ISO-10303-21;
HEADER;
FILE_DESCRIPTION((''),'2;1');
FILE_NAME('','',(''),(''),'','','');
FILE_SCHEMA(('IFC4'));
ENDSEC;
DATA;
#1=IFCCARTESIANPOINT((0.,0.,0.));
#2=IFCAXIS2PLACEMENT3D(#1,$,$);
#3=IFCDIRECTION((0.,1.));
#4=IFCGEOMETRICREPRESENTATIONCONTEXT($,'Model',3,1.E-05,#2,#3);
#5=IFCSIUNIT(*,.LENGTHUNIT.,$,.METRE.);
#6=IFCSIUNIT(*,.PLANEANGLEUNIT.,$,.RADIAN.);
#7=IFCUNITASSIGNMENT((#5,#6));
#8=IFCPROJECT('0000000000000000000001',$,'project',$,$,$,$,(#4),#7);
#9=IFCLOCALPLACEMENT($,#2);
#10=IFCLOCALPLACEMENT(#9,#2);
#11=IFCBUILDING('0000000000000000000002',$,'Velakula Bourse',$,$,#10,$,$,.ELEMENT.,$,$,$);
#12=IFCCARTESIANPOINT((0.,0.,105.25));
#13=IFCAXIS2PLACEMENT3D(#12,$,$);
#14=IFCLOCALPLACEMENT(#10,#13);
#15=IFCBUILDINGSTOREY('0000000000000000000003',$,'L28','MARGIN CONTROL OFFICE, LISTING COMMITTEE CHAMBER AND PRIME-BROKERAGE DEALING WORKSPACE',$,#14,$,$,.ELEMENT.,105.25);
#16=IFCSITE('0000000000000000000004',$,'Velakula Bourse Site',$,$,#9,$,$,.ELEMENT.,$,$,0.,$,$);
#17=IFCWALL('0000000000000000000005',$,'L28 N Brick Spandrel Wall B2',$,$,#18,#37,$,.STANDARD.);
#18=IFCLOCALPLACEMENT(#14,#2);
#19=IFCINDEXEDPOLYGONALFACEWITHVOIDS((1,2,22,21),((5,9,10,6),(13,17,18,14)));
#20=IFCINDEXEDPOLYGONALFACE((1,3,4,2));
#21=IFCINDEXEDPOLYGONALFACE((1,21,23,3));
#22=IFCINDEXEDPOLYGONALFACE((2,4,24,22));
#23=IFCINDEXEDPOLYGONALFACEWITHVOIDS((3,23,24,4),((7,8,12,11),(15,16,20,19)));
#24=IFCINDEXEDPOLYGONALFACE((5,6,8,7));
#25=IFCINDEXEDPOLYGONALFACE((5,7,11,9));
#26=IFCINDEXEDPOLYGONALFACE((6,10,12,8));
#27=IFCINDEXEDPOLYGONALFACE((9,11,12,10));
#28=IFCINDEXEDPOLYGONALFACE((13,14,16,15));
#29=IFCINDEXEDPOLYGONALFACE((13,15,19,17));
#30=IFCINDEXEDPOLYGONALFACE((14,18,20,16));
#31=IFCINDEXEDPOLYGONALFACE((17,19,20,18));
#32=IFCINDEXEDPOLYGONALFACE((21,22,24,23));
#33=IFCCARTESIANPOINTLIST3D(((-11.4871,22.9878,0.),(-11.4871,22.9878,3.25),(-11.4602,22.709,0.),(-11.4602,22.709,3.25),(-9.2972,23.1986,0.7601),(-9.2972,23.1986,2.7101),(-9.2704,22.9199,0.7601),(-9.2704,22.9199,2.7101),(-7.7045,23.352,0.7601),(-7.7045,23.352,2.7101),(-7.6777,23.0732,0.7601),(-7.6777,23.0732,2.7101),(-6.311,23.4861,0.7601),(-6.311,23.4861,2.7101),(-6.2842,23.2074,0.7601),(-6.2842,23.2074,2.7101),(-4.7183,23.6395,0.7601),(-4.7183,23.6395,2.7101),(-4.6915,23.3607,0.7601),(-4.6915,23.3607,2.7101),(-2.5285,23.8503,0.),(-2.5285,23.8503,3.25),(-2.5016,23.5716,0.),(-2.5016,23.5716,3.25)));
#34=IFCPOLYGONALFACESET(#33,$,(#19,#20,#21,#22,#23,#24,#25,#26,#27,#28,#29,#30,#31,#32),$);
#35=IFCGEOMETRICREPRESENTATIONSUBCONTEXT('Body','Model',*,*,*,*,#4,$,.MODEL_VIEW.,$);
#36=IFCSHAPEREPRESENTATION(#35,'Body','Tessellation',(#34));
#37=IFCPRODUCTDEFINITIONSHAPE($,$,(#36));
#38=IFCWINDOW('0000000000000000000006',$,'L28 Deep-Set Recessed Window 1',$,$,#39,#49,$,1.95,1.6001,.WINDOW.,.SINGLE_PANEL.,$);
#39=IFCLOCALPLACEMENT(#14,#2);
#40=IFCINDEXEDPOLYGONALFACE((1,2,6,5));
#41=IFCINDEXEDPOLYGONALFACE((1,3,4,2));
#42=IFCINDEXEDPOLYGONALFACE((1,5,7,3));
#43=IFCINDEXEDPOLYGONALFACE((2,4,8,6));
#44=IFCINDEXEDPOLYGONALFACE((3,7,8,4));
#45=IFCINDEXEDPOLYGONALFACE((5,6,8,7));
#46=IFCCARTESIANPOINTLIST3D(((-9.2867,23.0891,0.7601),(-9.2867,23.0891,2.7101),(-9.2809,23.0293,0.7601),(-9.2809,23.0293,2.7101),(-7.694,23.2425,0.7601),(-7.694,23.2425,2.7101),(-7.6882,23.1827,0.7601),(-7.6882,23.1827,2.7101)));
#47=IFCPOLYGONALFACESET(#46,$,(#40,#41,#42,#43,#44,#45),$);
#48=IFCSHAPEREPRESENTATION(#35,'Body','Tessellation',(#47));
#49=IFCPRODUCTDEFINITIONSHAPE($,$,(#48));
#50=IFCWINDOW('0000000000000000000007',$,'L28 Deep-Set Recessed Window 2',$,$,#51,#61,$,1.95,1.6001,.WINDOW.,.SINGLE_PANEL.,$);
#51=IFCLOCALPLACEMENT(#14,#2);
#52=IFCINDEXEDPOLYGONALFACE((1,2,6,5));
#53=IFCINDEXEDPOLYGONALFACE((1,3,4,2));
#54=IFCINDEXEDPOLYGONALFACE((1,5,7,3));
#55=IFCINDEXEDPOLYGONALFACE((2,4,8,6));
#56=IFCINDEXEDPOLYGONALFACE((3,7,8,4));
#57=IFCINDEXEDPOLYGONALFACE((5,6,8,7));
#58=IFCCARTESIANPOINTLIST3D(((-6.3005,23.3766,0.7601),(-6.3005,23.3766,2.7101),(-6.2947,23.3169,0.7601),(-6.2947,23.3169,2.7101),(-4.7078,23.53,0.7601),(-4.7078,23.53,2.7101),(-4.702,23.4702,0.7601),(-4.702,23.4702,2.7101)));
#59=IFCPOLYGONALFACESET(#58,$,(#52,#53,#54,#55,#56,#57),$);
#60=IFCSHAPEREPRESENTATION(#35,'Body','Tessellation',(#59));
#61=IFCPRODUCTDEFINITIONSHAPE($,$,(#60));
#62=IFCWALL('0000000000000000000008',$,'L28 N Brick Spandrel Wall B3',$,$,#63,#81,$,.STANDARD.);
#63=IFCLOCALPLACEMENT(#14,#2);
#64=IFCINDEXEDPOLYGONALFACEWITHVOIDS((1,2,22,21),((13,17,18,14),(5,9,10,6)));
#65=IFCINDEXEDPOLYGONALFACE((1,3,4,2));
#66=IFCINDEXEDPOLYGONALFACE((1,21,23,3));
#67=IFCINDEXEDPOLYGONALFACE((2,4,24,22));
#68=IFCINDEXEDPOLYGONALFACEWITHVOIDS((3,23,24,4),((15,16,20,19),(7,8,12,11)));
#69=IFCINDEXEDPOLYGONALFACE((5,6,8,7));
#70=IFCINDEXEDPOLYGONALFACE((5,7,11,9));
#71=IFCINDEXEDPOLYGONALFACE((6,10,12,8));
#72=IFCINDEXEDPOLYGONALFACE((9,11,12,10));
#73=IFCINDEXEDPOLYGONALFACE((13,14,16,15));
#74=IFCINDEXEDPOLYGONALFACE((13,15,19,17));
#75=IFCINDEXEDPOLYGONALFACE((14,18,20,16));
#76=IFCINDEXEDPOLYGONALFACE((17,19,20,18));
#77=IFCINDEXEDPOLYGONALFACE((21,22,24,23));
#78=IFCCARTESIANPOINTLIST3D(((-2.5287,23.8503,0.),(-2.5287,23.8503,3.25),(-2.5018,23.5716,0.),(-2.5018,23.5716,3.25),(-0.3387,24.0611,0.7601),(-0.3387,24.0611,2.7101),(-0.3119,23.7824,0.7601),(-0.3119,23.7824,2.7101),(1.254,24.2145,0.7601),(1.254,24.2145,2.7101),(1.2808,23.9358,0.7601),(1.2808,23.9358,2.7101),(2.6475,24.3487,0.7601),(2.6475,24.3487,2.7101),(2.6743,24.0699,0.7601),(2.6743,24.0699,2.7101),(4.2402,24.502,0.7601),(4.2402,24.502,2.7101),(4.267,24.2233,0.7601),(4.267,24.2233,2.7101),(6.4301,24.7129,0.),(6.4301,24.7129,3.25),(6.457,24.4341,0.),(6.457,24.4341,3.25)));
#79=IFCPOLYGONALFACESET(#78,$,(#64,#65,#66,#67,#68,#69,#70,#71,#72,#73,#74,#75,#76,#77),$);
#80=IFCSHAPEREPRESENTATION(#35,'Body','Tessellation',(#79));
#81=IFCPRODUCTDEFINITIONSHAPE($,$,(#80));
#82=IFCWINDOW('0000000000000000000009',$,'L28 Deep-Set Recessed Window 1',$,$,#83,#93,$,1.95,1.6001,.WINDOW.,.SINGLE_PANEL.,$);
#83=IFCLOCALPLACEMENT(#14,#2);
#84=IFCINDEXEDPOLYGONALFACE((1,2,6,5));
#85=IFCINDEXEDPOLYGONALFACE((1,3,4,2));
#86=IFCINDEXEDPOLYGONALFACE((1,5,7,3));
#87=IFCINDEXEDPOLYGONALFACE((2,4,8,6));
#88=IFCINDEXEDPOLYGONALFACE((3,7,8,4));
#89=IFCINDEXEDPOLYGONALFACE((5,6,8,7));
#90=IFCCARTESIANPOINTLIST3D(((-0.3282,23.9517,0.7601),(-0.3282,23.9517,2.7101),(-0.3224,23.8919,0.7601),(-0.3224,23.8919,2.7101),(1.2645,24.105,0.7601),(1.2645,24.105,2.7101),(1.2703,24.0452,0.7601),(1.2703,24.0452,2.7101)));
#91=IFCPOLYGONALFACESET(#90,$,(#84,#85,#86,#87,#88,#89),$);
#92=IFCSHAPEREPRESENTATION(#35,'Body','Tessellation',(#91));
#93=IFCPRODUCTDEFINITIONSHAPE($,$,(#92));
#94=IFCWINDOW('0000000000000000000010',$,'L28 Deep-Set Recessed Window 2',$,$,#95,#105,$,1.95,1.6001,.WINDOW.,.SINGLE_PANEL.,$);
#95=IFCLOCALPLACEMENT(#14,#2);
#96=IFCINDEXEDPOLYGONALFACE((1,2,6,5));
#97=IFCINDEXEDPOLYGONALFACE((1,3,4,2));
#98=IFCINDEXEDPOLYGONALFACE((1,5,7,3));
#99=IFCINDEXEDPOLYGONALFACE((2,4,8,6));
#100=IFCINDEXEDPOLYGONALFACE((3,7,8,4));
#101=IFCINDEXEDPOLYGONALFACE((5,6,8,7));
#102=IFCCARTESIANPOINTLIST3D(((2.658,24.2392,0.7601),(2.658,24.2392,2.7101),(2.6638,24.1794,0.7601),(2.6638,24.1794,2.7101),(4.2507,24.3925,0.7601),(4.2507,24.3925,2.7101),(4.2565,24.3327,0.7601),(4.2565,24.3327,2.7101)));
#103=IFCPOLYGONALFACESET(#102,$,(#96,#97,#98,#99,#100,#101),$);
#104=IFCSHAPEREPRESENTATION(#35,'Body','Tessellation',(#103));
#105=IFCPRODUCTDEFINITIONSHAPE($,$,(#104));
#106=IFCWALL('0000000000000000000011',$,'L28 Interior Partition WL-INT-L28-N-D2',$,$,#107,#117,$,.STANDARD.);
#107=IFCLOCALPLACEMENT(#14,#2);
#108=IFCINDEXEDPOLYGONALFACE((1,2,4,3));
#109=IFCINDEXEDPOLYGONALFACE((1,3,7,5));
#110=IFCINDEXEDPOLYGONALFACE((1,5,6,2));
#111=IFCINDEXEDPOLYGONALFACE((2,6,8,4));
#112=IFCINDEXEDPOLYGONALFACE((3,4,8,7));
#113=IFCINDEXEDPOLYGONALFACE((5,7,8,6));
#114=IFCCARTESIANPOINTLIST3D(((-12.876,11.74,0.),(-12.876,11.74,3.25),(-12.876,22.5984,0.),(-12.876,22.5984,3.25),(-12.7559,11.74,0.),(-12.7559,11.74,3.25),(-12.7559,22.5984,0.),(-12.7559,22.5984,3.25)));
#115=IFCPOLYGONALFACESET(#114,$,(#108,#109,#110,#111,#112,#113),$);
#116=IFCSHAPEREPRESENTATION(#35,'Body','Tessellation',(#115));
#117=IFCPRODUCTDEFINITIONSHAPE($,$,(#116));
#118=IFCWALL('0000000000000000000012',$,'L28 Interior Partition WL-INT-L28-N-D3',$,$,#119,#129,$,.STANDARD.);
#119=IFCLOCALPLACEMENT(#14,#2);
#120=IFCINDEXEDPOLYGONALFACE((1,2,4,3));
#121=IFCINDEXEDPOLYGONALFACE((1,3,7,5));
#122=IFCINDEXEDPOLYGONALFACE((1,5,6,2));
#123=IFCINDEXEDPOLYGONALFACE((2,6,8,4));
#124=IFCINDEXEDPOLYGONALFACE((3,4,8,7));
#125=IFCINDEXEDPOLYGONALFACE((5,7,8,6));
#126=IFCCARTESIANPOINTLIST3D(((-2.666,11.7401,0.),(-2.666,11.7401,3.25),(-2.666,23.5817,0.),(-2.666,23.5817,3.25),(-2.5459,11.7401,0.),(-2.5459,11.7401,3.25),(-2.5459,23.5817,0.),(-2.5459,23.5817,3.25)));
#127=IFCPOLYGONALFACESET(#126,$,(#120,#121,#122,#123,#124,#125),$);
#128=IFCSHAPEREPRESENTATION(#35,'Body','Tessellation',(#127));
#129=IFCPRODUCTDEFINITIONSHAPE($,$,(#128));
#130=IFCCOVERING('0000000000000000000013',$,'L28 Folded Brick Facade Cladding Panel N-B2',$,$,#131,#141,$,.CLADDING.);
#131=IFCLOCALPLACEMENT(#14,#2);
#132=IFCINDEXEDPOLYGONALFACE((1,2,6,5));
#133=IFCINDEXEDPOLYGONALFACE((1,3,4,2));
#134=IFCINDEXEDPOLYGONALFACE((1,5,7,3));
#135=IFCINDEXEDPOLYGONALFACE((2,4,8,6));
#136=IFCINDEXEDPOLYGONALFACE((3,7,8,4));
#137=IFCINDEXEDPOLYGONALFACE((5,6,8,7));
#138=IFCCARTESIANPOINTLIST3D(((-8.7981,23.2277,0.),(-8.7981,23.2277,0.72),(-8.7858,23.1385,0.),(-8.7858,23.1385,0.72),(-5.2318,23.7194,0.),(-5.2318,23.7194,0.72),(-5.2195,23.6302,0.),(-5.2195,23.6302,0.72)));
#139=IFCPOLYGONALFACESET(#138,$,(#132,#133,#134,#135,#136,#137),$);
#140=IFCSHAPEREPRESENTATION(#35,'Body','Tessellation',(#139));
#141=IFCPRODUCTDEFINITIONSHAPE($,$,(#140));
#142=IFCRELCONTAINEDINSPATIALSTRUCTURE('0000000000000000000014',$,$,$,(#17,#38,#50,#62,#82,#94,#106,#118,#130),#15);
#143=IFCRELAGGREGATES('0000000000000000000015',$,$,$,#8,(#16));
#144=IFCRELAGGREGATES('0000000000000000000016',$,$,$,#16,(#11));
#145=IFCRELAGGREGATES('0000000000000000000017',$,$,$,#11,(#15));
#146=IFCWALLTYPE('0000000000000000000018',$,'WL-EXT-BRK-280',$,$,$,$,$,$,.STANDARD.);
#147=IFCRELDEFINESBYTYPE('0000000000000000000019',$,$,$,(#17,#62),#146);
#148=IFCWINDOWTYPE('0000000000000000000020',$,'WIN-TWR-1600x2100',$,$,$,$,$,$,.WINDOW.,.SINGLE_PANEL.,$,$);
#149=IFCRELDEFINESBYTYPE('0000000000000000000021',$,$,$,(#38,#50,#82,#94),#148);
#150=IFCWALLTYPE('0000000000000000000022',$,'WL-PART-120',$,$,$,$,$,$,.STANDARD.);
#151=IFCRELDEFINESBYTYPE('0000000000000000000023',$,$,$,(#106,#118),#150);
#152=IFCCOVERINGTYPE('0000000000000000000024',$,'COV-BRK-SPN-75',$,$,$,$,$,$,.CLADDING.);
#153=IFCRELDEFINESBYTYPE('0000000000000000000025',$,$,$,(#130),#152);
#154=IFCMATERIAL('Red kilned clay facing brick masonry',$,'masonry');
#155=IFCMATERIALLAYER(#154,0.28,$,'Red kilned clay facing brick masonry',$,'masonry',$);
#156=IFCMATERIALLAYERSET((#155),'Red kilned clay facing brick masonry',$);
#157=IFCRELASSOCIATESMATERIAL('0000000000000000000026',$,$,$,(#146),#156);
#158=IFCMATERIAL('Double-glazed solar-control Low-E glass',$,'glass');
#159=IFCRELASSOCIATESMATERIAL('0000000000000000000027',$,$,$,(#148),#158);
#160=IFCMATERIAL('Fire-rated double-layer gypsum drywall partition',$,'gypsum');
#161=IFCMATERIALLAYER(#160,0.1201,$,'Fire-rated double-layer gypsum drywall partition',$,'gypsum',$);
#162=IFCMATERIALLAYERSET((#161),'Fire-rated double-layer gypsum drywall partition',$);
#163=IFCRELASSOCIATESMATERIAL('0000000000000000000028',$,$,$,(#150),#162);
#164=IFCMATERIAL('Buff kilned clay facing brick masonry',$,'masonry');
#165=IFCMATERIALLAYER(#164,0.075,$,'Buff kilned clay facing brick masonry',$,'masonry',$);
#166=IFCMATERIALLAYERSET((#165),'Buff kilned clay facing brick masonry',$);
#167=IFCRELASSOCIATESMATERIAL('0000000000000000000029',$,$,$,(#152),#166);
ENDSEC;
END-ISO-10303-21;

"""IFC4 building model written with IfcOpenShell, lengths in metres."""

from ifc_helpers import new_model, si_unit, direction, frame, frame_2d, origin, origin_2d, place, context, subcontext, project, spatial, rectangle, extrude, material, layer, layer_set, type_object, element, fill, save


model = new_model("IFC4")

# Units and contexts
model_context = context("Model", 3, precision=1e-05, world=origin(), true_north=direction((0.0, 1.0)))
body_context = subcontext(model_context, "Body", "Model", "MODEL_VIEW")
ifc_project = project(units=[si_unit("LENGTHUNIT", "METRE"), si_unit("PLANEANGLEUNIT", "RADIAN")], contexts=[model_context])

# Site, building, storey
site_placement = place(None, origin())
site = spatial("IfcSite", under=ifc_project, at=site_placement, Name="Velakula Bourse Site", CompositionType="ELEMENT", RefElevation=0.0)
building_placement = place(site_placement, origin())
building = spatial("IfcBuilding", under=site, at=building_placement, Name="Velakula Bourse", CompositionType="ELEMENT")
storey_placement = place(building_placement, frame((0.0, 0.0, 105.25)))
storey = spatial("IfcBuildingStorey", under=building, at=storey_placement, Name="L28", Description="MARGIN CONTROL OFFICE, LISTING COMMITTEE CHAMBER AND PRIME-BROKERAGE DEALING WORKSPACE", CompositionType="ELEMENT", Elevation=105.25)

# Walls, openings, windows
ifc_material_1 = material(Name="Red kilned clay facing brick masonry", Category="masonry")
ifc_layer_1 = layer(ifc_material_1, 0.28, Name="Red kilned clay facing brick masonry", Category="masonry")
ifc_layer_set_1 = layer_set([ifc_layer_1], Name="Red kilned clay facing brick masonry")
wall_type_1 = type_object("IfcWallType", Name="WL-EXT-BRK-280", PredefinedType="STANDARD", material=ifc_layer_set_1)
wall_1_placement = place(storey_placement, frame((-11.4736, 22.8484, 0.0), z_axis=(0.0, 0.0, 1.0), x_axis=(0.995397, 0.09584, 0.0)))
wall_1 = element("IfcWall", 1, at=wall_1_placement, inside=storey, type_object=wall_type_1, Name="L28 N Brick Spandrel Wall B2", PredefinedType="STANDARD", context=body_context, shape_type="SweptSolid", body=[
    extrude(rectangle(XDim=9.0, YDim=0.28, at=frame_2d((4.5, 0.0))), origin(), (0.0, 0.0, 1.0), 3.25),
])
opening_1_placement = place(wall_1_placement, frame((2.2, 0.0, 0.76)))
opening_1 = element("IfcOpeningElement", 2, at=opening_1_placement, cuts=wall_1, PredefinedType="OPENING", context=body_context, shape_type="SweptSolid", body=[
    extrude(rectangle(XDim=1.6001, YDim=1.95, at=frame_2d((0.8, 0.9751))), frame((0.0, 0.1499, 0.0), z_axis=(0.0, -1.0, 0.0), x_axis=(1.0, 0.0, 0.0)), (0.0, 0.0, 1.0), 0.3),
])
opening_2_placement = place(wall_1_placement, frame((5.2, 0.0, 0.76)))
opening_2 = element("IfcOpeningElement", 3, at=opening_2_placement, cuts=wall_1, PredefinedType="OPENING", context=body_context, shape_type="SweptSolid", body=[
    extrude(rectangle(XDim=1.6001, YDim=1.95, at=frame_2d((0.8, 0.9751))), frame((0.0, 0.1499, 0.0), z_axis=(0.0, -1.0, 0.0), x_axis=(1.0, 0.0, 0.0)), (0.0, 0.0, 1.0), 0.3),
])
ifc_material_2 = material(Name="Double-glazed solar-control Low-E glass", Category="glass")
window_type = type_object("IfcWindowType", Name="WIN-TWR-1600x2100", PartitioningType="SINGLE_PANEL", PredefinedType="WINDOW", material=ifc_material_2)
window_1_placement = place(opening_1_placement, origin())
window_1 = element("IfcWindow", 4, at=window_1_placement, inside=storey, type_object=window_type, Name="L28 Deep-Set Recessed Window 1", OverallHeight=1.95, OverallWidth=1.6001, PartitioningType="SINGLE_PANEL", PredefinedType="WINDOW", context=body_context, shape_type="SweptSolid", body=[
    extrude(rectangle(XDim=1.6001, YDim=1.95, at=frame_2d((0.8, 0.9751))), frame((0.0, 0.03, 0.0), z_axis=(0.0, -1.0, 0.0), x_axis=(1.0, 0.0, 0.0)), (0.0, 0.0, 1.0), 0.0601),
])
fill(opening_1, window_1)
window_2_placement = place(opening_2_placement, origin())
window_2 = element("IfcWindow", 5, at=window_2_placement, inside=storey, type_object=window_type, Name="L28 Deep-Set Recessed Window 2", OverallHeight=1.95, OverallWidth=1.6001, PartitioningType="SINGLE_PANEL", PredefinedType="WINDOW", context=body_context, shape_type="SweptSolid", body=[
    extrude(rectangle(XDim=1.6001, YDim=1.95, at=frame_2d((0.8, 0.9751))), frame((0.0, 0.03, 0.0), z_axis=(0.0, -1.0, 0.0), x_axis=(1.0, 0.0, 0.0)), (0.0, 0.0, 1.0), 0.0601),
])
fill(opening_2, window_2)
wall_2_placement = place(storey_placement, frame((-2.5151, 23.7109, 0.0), z_axis=(0.0, 0.0, 1.0), x_axis=(0.995397, 0.095837, 0.0)))
wall_2 = element("IfcWall", 6, at=wall_2_placement, inside=storey, type_object=wall_type_1, Name="L28 N Brick Spandrel Wall B3", PredefinedType="STANDARD", context=body_context, shape_type="SweptSolid", body=[
    extrude(rectangle(XDim=9.0002, YDim=0.28, at=frame_2d((4.5, 0.0))), origin(), (0.0, 0.0, 1.0), 3.25),
])
opening_3_placement = place(wall_2_placement, frame((2.2, 0.0, 0.76)))
opening_3 = element("IfcOpeningElement", 7, at=opening_3_placement, cuts=wall_2, PredefinedType="OPENING", context=body_context, shape_type="SweptSolid", body=[
    extrude(rectangle(XDim=1.6001, YDim=1.95, at=frame_2d((0.8, 0.9751))), frame((0.0, 0.1499, 0.0), z_axis=(0.0, -1.0, 0.0), x_axis=(1.0, 0.0, 0.0)), (0.0, 0.0, 1.0), 0.3),
])
opening_4_placement = place(wall_2_placement, frame((5.2, 0.0, 0.76)))
opening_4 = element("IfcOpeningElement", 8, at=opening_4_placement, cuts=wall_2, PredefinedType="OPENING", context=body_context, shape_type="SweptSolid", body=[
    extrude(rectangle(XDim=1.6001, YDim=1.95, at=frame_2d((0.8, 0.9751))), frame((0.0, 0.1499, 0.0), z_axis=(0.0, -1.0, 0.0), x_axis=(1.0, 0.0, 0.0)), (0.0, 0.0, 1.0), 0.3),
])
window_3_placement = place(opening_3_placement, origin())
window_3 = element("IfcWindow", 9, at=window_3_placement, inside=storey, type_object=window_type, Name="L28 Deep-Set Recessed Window 1", OverallHeight=1.95, OverallWidth=1.6001, PartitioningType="SINGLE_PANEL", PredefinedType="WINDOW", context=body_context, shape_type="SweptSolid", body=[
    extrude(rectangle(XDim=1.6001, YDim=1.95, at=frame_2d((0.8, 0.9751))), frame((0.0, 0.03, 0.0), z_axis=(0.0, -1.0, 0.0), x_axis=(1.0, 0.0, 0.0)), (0.0, 0.0, 1.0), 0.0601),
])
fill(opening_3, window_3)
window_4_placement = place(opening_4_placement, origin())
window_4 = element("IfcWindow", 10, at=window_4_placement, inside=storey, type_object=window_type, Name="L28 Deep-Set Recessed Window 2", OverallHeight=1.95, OverallWidth=1.6001, PartitioningType="SINGLE_PANEL", PredefinedType="WINDOW", context=body_context, shape_type="SweptSolid", body=[
    extrude(rectangle(XDim=1.6001, YDim=1.95, at=frame_2d((0.8, 0.9751))), frame((0.0, 0.03, 0.0), z_axis=(0.0, -1.0, 0.0), x_axis=(1.0, 0.0, 0.0)), (0.0, 0.0, 1.0), 0.0601),
])
fill(opening_4, window_4)

# Walls
ifc_material_3 = material(Name="Fire-rated double-layer gypsum drywall partition", Category="gypsum")
ifc_layer_2 = layer(ifc_material_3, 0.1201, Name="Fire-rated double-layer gypsum drywall partition", Category="gypsum")
ifc_layer_set_2 = layer_set([ifc_layer_2], Name="Fire-rated double-layer gypsum drywall partition")
wall_type_2 = type_object("IfcWallType", Name="WL-PART-120", PredefinedType="STANDARD", material=ifc_layer_set_2)
wall_3_placement = place(storey_placement, frame((-12.8159, 11.74, 0.0), z_axis=(0.0, 0.0, 1.0), x_axis=(0.0, 1.0, 0.0)))
element("IfcWall", 11, at=wall_3_placement, inside=storey, type_object=wall_type_2, Name="L28 Interior Partition WL-INT-L28-N-D2", PredefinedType="STANDARD", context=body_context, shape_type="SweptSolid", body=[
    extrude(rectangle(XDim=10.8584, YDim=0.1201, at=frame_2d((5.4292, 0.0))), origin(), (0.0, 0.0, 1.0), 3.25),
])
wall_4_placement = place(storey_placement, frame((-2.606, 11.74, 0.0), z_axis=(0.0, 0.0, 1.0), x_axis=(0.0, 1.0, 0.0)))
element("IfcWall", 12, at=wall_4_placement, inside=storey, type_object=wall_type_2, Name="L28 Interior Partition WL-INT-L28-N-D3", PredefinedType="STANDARD", context=body_context, shape_type="SweptSolid", body=[
    extrude(rectangle(XDim=11.8416, YDim=0.1201, at=frame_2d((5.9209, 0.0))), origin(), (0.0, 0.0, 1.0), 3.25),
])

# Covering
ifc_material_4 = material(Name="Buff kilned clay facing brick masonry", Category="masonry")
ifc_layer_3 = layer(ifc_material_4, 0.075, Name="Buff kilned clay facing brick masonry", Category="masonry")
ifc_layer_set_3 = layer_set([ifc_layer_3], Name="Buff kilned clay facing brick masonry")
covering_type = type_object("IfcCoveringType", Name="COV-BRK-SPN-75", PredefinedType="CLADDING", material=ifc_layer_set_3)
covering_placement = place(storey_placement, frame((-7.0088, 23.429, 0.0), z_axis=(0.0, 0.0, 1.0), x_axis=(0.990629, 0.13658, 0.0)))
element("IfcCovering", 13, at=covering_placement, inside=storey, type_object=covering_type, Name="L28 Folded Brick Facade Cladding Panel N-B2", PredefinedType="CLADDING", context=body_context, shape_type="SweptSolid", body=[
    extrude(rectangle(XDim=3.6001, YDim=0.0901, at=origin_2d()), origin(), (0.0, 0.0, 1.0), 0.72),
])

save(model, "model.ifc")
